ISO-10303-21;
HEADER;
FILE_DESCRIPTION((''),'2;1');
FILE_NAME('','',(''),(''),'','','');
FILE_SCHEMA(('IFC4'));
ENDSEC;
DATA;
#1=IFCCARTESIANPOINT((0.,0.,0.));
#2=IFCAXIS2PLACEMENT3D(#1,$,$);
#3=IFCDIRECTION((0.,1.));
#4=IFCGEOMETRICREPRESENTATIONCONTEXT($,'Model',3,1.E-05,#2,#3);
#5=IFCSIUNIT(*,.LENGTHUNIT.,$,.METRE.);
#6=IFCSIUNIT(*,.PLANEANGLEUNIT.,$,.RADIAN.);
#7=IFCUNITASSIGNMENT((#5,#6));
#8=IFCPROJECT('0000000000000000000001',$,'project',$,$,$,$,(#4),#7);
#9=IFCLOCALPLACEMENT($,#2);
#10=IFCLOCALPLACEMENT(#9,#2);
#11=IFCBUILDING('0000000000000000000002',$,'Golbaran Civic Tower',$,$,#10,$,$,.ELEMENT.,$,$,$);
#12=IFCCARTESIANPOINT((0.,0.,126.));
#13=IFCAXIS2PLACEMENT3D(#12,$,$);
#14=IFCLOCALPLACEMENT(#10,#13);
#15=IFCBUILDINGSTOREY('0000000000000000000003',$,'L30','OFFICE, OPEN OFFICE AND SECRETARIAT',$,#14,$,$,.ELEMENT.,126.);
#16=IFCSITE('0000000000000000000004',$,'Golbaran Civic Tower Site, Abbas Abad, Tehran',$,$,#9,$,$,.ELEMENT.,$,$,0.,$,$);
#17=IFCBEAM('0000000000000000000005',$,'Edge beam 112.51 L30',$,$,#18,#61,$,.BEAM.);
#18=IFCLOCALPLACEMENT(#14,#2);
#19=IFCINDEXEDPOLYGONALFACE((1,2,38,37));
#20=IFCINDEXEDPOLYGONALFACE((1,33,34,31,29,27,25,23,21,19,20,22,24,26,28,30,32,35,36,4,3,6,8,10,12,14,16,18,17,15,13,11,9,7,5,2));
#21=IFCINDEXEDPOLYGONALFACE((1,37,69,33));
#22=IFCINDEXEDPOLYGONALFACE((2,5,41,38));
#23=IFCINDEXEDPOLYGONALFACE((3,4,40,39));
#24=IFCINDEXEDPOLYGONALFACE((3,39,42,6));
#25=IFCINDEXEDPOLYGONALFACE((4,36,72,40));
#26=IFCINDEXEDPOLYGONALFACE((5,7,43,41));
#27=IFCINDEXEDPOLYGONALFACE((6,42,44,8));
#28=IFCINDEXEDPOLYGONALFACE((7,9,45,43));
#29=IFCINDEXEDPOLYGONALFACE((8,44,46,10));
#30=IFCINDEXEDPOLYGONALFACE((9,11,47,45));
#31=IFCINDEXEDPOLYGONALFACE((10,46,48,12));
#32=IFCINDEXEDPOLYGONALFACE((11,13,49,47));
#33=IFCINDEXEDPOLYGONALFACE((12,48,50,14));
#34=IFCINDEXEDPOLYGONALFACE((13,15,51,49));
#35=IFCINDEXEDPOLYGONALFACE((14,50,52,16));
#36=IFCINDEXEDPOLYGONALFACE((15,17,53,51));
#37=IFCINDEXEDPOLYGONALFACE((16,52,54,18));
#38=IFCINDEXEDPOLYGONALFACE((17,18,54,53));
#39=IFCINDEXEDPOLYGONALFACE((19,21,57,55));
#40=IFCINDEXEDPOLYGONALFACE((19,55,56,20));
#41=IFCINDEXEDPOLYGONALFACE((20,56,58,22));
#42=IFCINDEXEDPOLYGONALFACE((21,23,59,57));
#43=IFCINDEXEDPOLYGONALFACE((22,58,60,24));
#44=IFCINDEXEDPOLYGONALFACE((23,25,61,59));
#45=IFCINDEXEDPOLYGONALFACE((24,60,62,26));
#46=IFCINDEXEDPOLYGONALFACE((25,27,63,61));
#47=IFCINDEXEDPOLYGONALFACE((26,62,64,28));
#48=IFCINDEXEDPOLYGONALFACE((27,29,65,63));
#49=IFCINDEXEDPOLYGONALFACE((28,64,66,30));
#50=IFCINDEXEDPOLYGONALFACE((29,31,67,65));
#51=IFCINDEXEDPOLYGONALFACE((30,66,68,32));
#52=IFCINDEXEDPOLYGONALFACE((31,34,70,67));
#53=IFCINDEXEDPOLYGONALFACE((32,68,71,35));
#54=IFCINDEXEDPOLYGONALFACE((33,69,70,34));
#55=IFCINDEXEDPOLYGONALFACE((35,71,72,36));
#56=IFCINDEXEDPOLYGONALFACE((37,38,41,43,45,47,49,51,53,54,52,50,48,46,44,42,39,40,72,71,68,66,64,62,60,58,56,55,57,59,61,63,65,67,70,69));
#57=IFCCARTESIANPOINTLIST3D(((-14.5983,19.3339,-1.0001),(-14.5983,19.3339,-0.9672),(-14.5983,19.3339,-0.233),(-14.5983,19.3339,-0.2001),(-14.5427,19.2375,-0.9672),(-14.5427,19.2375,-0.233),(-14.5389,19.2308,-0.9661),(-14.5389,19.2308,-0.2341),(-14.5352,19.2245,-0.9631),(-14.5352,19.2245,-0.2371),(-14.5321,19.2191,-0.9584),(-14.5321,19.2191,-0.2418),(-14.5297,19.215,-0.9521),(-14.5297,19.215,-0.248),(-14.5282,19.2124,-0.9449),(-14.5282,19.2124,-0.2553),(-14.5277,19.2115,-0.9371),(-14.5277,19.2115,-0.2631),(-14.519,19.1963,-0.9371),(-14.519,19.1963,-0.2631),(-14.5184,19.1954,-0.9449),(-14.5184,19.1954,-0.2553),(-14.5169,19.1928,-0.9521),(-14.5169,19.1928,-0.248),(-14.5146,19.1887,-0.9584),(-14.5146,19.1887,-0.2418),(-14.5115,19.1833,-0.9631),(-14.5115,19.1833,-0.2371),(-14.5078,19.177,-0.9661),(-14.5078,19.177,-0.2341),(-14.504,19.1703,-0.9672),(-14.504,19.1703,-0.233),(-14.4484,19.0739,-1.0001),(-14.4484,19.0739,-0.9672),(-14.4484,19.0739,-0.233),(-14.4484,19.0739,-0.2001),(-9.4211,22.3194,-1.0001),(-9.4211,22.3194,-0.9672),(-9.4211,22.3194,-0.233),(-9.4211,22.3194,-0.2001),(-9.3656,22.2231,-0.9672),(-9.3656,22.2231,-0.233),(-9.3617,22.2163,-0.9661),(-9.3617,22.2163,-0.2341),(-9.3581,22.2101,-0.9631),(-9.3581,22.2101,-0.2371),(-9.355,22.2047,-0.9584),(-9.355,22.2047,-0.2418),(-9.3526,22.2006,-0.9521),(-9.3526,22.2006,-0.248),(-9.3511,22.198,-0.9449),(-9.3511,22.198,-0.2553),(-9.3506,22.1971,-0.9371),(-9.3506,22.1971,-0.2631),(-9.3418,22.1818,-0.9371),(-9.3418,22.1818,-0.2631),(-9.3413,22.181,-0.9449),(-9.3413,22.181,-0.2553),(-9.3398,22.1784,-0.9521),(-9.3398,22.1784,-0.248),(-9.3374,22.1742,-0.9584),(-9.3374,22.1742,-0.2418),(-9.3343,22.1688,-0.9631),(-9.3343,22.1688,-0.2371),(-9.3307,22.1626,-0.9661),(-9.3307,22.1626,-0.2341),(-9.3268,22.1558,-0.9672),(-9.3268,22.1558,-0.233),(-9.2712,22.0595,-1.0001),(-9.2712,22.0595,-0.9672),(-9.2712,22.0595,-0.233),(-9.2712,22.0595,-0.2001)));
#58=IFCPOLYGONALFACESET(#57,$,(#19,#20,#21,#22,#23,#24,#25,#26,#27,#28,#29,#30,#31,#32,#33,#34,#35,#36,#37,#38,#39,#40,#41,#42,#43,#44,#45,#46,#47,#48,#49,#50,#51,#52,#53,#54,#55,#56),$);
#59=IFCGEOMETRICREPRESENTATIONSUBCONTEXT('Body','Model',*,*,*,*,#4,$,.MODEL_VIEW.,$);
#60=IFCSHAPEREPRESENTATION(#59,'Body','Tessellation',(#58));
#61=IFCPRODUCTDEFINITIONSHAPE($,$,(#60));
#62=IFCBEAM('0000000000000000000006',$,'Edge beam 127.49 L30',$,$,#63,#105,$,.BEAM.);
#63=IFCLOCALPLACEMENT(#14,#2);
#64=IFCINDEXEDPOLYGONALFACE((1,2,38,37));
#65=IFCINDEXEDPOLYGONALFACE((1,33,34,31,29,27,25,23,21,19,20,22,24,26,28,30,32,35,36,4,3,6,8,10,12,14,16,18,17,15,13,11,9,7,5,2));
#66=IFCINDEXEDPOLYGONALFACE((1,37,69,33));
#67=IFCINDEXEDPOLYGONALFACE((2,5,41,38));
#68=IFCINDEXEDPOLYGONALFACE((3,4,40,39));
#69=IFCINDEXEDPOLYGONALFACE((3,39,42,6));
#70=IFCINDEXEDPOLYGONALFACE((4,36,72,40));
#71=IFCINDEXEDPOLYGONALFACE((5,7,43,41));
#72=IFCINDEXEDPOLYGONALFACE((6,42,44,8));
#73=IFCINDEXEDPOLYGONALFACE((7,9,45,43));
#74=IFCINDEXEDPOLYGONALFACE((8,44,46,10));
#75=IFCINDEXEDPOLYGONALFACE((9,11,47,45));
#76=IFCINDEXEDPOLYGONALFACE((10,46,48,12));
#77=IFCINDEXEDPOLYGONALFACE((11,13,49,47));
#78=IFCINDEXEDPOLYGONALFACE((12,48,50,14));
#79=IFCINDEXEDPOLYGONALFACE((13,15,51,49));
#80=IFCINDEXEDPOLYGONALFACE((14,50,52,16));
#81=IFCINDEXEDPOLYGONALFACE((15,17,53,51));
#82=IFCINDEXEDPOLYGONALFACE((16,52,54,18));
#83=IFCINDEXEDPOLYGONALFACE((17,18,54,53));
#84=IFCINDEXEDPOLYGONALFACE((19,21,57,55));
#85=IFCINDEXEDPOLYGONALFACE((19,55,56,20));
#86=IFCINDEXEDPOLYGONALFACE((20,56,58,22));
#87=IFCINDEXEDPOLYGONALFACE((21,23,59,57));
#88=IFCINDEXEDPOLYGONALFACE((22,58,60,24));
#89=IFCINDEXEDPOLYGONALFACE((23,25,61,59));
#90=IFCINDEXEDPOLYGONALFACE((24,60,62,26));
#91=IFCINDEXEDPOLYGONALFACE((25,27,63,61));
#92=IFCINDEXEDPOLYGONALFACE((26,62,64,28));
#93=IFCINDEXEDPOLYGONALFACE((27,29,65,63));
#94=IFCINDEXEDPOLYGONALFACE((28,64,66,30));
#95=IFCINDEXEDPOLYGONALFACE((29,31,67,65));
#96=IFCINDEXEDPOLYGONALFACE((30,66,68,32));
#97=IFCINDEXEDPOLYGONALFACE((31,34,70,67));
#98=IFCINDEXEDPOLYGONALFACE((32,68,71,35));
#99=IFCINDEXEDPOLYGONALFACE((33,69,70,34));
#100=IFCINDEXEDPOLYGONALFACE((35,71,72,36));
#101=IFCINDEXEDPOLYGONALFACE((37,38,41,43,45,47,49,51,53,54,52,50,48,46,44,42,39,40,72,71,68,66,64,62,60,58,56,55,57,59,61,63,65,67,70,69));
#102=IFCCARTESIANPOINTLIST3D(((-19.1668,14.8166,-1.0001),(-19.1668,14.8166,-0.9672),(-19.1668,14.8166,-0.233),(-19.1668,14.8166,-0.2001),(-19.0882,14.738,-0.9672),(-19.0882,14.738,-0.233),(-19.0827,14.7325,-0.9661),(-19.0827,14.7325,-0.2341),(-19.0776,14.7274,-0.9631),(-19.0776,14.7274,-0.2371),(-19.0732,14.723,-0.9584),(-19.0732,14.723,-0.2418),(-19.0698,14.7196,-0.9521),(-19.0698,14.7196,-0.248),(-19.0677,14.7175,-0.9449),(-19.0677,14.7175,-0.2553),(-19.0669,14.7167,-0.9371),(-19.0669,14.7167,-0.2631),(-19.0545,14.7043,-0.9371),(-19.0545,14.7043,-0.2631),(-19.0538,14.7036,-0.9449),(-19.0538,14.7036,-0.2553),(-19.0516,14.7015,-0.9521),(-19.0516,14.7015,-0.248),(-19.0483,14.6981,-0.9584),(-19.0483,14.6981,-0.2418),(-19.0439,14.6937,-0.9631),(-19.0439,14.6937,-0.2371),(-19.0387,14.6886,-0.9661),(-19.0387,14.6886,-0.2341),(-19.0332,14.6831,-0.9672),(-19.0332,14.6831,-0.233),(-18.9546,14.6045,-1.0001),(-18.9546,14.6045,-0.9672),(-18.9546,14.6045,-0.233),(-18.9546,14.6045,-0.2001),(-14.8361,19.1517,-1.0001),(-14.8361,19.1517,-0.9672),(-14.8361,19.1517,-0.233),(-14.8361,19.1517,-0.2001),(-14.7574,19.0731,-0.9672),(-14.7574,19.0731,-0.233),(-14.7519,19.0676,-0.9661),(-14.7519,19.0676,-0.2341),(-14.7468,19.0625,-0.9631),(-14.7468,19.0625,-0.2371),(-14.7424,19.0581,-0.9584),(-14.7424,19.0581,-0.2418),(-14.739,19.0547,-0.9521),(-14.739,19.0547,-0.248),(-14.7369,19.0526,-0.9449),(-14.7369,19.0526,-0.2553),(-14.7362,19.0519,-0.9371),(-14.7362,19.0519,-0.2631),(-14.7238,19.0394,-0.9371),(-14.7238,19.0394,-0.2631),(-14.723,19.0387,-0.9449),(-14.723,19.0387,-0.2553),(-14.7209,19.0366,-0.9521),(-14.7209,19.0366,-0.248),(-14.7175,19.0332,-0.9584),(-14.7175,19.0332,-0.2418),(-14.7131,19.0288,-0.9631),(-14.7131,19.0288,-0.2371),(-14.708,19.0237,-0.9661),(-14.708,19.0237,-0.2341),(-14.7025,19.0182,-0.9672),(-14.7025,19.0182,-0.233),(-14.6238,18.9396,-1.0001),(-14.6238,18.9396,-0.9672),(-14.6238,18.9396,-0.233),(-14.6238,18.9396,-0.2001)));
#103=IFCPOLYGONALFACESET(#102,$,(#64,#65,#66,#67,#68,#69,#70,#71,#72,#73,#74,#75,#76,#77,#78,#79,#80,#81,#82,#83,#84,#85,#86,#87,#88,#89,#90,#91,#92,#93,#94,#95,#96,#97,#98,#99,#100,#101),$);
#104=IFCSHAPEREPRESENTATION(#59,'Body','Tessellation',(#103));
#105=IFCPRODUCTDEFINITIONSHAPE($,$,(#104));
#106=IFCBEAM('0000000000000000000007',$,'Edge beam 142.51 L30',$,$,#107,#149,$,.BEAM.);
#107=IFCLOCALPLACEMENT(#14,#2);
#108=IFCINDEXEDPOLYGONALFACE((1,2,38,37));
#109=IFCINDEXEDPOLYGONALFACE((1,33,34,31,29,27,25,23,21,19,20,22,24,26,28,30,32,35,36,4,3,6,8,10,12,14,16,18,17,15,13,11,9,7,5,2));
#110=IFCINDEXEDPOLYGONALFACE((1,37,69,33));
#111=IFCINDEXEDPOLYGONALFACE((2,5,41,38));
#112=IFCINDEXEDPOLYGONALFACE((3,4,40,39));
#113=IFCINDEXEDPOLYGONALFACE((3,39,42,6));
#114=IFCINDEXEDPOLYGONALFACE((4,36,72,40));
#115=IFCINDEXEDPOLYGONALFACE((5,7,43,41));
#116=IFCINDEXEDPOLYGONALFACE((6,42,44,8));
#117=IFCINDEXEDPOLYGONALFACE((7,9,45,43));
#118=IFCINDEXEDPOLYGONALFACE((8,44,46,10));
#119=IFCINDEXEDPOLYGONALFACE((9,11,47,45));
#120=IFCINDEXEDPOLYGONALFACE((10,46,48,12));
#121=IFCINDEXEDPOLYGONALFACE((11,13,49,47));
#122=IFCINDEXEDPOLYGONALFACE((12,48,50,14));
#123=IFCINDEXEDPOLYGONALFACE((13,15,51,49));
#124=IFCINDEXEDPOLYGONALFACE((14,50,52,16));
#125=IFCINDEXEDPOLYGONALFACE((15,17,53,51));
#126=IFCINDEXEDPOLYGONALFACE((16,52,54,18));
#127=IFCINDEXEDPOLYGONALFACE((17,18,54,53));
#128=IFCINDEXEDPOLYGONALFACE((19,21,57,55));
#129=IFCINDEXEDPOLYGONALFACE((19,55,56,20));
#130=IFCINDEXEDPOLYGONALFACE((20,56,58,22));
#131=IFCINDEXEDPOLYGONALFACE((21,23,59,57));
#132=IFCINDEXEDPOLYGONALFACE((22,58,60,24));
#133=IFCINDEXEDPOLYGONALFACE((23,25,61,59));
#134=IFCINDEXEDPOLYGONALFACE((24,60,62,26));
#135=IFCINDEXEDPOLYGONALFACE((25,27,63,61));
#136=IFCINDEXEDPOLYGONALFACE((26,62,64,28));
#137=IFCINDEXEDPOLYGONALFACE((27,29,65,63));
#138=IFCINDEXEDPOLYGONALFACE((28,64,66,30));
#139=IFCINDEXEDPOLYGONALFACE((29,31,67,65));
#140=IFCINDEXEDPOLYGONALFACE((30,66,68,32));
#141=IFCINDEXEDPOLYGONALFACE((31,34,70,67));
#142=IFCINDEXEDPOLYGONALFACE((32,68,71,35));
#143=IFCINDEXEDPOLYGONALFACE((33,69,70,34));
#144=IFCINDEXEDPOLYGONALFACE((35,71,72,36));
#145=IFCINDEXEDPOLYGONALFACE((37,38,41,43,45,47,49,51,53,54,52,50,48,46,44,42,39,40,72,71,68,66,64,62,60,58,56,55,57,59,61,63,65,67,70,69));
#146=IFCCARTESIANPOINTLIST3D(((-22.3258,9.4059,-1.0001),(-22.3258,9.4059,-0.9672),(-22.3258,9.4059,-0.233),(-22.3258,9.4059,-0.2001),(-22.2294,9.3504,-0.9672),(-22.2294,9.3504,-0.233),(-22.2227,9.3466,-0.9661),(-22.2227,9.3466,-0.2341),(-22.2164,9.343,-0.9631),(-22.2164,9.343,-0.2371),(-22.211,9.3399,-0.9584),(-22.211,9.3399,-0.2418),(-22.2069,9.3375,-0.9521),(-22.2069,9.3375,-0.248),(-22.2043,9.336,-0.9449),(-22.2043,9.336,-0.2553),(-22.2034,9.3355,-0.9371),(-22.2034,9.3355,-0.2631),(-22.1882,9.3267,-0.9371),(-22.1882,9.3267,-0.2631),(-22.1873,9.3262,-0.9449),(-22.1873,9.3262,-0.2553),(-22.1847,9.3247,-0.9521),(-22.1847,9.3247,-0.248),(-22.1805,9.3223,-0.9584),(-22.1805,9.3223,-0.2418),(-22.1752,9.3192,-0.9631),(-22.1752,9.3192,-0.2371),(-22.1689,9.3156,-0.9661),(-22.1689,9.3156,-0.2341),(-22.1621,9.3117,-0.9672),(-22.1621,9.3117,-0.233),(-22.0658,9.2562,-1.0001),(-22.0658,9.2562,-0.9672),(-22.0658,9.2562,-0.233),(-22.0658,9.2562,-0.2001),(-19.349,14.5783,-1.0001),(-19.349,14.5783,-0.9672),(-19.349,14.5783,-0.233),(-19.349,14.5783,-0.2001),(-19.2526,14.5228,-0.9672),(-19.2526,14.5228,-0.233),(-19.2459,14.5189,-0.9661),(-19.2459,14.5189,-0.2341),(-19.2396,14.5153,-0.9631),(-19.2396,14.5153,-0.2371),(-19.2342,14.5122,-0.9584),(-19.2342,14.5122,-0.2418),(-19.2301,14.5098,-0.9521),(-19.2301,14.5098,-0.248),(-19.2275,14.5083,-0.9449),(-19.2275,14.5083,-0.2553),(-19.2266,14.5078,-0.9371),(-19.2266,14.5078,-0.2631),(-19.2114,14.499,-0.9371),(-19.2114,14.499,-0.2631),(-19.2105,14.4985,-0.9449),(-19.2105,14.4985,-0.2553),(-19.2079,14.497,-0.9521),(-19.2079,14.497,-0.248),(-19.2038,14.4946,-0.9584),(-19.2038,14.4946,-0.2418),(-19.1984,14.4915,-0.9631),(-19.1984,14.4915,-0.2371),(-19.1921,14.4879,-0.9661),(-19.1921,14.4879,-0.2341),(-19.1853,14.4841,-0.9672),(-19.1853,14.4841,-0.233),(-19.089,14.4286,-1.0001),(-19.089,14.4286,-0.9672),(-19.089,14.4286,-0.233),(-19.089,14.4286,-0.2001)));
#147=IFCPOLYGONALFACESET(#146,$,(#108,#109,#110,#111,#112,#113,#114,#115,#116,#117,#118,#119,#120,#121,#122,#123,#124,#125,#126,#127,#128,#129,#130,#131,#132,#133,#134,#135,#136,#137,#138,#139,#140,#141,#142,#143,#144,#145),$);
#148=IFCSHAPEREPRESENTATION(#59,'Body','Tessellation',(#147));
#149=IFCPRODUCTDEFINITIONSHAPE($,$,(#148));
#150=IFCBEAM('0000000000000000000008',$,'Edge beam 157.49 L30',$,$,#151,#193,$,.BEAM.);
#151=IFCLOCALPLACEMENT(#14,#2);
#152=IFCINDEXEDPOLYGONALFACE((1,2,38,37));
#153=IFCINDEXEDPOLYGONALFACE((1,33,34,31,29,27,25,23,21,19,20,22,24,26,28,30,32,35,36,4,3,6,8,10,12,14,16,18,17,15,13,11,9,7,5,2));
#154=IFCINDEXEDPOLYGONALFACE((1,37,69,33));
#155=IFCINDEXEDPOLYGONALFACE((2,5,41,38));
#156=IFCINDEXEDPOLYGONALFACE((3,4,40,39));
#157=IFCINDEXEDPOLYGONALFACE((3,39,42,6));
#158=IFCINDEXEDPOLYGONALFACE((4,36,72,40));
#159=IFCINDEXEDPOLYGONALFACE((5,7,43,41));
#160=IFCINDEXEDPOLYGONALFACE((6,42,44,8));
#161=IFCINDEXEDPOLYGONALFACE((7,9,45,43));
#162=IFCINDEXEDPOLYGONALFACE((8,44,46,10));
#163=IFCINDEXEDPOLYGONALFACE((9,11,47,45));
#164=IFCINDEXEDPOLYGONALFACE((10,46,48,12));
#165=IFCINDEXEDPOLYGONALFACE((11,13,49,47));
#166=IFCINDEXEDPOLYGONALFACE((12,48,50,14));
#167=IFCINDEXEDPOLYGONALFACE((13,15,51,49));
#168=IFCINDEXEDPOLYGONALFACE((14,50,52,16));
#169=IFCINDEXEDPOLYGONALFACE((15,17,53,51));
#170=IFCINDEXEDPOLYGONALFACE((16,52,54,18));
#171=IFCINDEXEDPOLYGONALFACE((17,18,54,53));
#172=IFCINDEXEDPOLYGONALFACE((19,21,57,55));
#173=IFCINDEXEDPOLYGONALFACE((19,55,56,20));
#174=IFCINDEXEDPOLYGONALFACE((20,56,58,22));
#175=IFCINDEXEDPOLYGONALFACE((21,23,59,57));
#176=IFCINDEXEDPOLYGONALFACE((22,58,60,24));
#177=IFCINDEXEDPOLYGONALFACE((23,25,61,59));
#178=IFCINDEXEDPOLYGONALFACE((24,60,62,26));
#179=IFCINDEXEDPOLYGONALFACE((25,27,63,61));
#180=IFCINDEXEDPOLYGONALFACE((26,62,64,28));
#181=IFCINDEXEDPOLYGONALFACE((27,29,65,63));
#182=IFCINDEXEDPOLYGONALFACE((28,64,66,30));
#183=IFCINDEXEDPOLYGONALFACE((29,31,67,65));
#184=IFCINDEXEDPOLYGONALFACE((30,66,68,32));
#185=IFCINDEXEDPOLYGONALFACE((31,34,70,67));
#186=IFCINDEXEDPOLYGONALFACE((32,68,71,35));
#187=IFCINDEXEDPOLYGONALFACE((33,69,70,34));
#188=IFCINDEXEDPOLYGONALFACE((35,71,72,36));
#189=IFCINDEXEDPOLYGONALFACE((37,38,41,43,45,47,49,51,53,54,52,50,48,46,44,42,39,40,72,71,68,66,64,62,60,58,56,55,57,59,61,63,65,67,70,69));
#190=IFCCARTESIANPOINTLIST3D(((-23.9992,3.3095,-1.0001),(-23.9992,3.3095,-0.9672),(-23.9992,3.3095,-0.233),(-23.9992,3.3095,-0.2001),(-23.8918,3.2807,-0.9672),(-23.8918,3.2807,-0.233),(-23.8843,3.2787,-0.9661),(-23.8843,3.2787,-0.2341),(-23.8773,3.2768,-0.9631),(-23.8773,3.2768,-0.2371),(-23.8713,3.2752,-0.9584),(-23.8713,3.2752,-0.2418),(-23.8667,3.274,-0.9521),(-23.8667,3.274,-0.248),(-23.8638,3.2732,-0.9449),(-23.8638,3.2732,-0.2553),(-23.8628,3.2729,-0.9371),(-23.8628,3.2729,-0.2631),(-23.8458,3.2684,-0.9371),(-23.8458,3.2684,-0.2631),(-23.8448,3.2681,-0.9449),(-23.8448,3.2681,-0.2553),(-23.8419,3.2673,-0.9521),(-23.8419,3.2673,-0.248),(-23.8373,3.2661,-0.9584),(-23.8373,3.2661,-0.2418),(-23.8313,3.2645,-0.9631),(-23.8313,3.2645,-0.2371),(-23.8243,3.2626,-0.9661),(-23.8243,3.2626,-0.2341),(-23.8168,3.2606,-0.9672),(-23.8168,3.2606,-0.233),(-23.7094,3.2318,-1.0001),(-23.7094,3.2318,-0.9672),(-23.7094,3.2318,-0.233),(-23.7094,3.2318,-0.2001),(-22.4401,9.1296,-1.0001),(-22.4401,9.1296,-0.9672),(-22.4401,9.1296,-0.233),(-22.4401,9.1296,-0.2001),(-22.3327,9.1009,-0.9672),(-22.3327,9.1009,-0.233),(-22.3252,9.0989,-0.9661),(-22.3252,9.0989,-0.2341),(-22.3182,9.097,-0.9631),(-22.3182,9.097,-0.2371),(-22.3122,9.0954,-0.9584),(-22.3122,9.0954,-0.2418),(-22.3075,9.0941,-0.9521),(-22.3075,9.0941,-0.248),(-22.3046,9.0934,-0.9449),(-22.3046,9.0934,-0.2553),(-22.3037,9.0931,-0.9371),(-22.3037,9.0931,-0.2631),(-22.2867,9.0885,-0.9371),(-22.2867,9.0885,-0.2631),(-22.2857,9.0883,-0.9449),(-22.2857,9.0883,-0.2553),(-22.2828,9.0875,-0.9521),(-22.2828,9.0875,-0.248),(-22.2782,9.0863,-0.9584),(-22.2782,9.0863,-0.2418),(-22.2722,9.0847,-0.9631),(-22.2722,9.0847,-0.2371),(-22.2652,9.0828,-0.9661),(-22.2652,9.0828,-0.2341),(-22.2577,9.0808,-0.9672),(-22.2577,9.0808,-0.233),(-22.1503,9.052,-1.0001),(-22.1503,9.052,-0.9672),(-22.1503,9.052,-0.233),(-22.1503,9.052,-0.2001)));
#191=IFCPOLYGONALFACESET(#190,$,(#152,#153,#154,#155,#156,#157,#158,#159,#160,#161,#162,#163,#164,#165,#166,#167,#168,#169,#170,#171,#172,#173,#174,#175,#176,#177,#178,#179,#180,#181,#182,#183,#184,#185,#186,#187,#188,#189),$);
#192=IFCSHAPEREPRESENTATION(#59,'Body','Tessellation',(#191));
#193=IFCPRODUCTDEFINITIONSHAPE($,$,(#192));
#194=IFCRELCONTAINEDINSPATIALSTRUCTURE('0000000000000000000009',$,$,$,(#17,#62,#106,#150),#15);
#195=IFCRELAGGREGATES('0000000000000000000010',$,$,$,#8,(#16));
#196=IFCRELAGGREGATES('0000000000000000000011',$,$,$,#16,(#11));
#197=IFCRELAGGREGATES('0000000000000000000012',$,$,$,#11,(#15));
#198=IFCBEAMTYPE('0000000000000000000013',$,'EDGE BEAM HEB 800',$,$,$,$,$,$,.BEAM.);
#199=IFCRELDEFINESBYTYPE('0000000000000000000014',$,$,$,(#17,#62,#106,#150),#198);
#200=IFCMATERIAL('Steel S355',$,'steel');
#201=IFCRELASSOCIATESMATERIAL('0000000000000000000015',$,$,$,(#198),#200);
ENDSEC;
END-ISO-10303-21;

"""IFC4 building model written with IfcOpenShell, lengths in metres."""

from ifc_helpers import new_model, si_unit, direction, frame, origin, origin_2d, place, context, subcontext, project, spatial, i_section, extrude, material, material_profile, profile_set, type_object, element, save


model = new_model("IFC4")

# Units and contexts
model_context = context("Model", 3, precision=1e-05, world=origin(), true_north=direction((0.0, 1.0)))
body_context = subcontext(model_context, "Body", "Model", "MODEL_VIEW")
ifc_project = project(units=[si_unit("LENGTHUNIT", "METRE"), si_unit("PLANEANGLEUNIT", "RADIAN")], contexts=[model_context])

# Site, building, storey
site_placement = place(None, origin())
site = spatial("IfcSite", under=ifc_project, at=site_placement, Name="Golbaran Civic Tower Site, Abbas Abad, Tehran", CompositionType="ELEMENT", RefElevation=0.0)
building_placement = place(site_placement, origin())
building = spatial("IfcBuilding", under=site, at=building_placement, Name="Golbaran Civic Tower", CompositionType="ELEMENT")
storey_placement = place(building_placement, frame((0.0, 0.0, 126.0)))
storey = spatial("IfcBuildingStorey", under=building, at=storey_placement, Name="L30", Description="OFFICE, OPEN OFFICE AND SECRETARIAT", CompositionType="ELEMENT", Elevation=126.0)

# Beams
ifc_material_1 = material(Name="Steel S355", Category="steel")
ifc_material_profile_1 = material_profile(ifc_material_1, i_section(OverallWidth=0.3, OverallDepth=0.8, WebThickness=0.0176, FlangeThickness=0.033, FilletRadius=0.03, at=origin_2d()), Name="HEB 800")
ifc_profile_set_1 = profile_set([ifc_material_profile_1], Name="Steel S355")
beam_type_1 = type_object("IfcBeamType", Name="EDGE BEAM HEB 800", PredefinedType="BEAM", material=ifc_profile_set_1)
beam_1_placement = place(storey_placement, frame((-9.3462, 22.1895, -0.6001), z_axis=(-0.866278, -0.499562, 0.0), x_axis=(0.499562, -0.866278, 0.0)))
element("IfcBeam", 1, at=beam_1_placement, inside=storey, type_object=beam_type_1, Name="Edge beam 112.51 L30", PredefinedType="BEAM", context=body_context, shape_type="SweptSolid", body=[
    extrude(i_section(OverallWidth=0.3, OverallDepth=0.8, WebThickness=0.0176, FlangeThickness=0.033, FilletRadius=0.03, at=origin_2d()), origin(), (0.0, 0.0, 1.0), 5.9763),
])
beam_2_placement = place(storey_placement, frame((-14.73, 19.0457, -0.6001), z_axis=(-0.706748, -0.707465, 0.0), x_axis=(0.707465, -0.706748, 0.0)))
element("IfcBeam", 2, at=beam_2_placement, inside=storey, type_object=beam_type_1, Name="Edge beam 127.49 L30", PredefinedType="BEAM", context=body_context, shape_type="SweptSolid", body=[
    extrude(i_section(OverallWidth=0.3, OverallDepth=0.8, WebThickness=0.0176, FlangeThickness=0.033, FilletRadius=0.03, at=origin_2d()), origin(), (0.0, 0.0, 1.0), 6.1277),
])
beam_3_placement = place(storey_placement, frame((-19.219, 14.5034, -0.6001), z_axis=(-0.498811, -0.866711, 0.0), x_axis=(0.866711, -0.498811, 0.0)))
element("IfcBeam", 3, at=beam_3_placement, inside=storey, type_object=beam_type_1, Name="Edge beam 142.51 L30", PredefinedType="BEAM", context=body_context, shape_type="SweptSolid", body=[
    extrude(i_section(OverallWidth=0.3, OverallDepth=0.8, WebThickness=0.0176, FlangeThickness=0.033, FilletRadius=0.03, at=origin_2d()), origin(), (0.0, 0.0, 1.0), 5.9678),
])
beam_4_placement = place(storey_placement, frame((-22.2952, 9.0908, -0.6001), z_axis=(-0.258757, -0.965942, 0.0), x_axis=(0.965942, -0.258757, 0.0)))
element("IfcBeam", 4, at=beam_4_placement, inside=storey, type_object=beam_type_1, Name="Edge beam 157.49 L30", PredefinedType="BEAM", context=body_context, shape_type="SweptSolid", body=[
    extrude(i_section(OverallWidth=0.3, OverallDepth=0.8, WebThickness=0.0176, FlangeThickness=0.033, FilletRadius=0.03, at=origin_2d()), origin(), (0.0, 0.0, 1.0), 6.0254),
])

save(model, "model.ifc")
